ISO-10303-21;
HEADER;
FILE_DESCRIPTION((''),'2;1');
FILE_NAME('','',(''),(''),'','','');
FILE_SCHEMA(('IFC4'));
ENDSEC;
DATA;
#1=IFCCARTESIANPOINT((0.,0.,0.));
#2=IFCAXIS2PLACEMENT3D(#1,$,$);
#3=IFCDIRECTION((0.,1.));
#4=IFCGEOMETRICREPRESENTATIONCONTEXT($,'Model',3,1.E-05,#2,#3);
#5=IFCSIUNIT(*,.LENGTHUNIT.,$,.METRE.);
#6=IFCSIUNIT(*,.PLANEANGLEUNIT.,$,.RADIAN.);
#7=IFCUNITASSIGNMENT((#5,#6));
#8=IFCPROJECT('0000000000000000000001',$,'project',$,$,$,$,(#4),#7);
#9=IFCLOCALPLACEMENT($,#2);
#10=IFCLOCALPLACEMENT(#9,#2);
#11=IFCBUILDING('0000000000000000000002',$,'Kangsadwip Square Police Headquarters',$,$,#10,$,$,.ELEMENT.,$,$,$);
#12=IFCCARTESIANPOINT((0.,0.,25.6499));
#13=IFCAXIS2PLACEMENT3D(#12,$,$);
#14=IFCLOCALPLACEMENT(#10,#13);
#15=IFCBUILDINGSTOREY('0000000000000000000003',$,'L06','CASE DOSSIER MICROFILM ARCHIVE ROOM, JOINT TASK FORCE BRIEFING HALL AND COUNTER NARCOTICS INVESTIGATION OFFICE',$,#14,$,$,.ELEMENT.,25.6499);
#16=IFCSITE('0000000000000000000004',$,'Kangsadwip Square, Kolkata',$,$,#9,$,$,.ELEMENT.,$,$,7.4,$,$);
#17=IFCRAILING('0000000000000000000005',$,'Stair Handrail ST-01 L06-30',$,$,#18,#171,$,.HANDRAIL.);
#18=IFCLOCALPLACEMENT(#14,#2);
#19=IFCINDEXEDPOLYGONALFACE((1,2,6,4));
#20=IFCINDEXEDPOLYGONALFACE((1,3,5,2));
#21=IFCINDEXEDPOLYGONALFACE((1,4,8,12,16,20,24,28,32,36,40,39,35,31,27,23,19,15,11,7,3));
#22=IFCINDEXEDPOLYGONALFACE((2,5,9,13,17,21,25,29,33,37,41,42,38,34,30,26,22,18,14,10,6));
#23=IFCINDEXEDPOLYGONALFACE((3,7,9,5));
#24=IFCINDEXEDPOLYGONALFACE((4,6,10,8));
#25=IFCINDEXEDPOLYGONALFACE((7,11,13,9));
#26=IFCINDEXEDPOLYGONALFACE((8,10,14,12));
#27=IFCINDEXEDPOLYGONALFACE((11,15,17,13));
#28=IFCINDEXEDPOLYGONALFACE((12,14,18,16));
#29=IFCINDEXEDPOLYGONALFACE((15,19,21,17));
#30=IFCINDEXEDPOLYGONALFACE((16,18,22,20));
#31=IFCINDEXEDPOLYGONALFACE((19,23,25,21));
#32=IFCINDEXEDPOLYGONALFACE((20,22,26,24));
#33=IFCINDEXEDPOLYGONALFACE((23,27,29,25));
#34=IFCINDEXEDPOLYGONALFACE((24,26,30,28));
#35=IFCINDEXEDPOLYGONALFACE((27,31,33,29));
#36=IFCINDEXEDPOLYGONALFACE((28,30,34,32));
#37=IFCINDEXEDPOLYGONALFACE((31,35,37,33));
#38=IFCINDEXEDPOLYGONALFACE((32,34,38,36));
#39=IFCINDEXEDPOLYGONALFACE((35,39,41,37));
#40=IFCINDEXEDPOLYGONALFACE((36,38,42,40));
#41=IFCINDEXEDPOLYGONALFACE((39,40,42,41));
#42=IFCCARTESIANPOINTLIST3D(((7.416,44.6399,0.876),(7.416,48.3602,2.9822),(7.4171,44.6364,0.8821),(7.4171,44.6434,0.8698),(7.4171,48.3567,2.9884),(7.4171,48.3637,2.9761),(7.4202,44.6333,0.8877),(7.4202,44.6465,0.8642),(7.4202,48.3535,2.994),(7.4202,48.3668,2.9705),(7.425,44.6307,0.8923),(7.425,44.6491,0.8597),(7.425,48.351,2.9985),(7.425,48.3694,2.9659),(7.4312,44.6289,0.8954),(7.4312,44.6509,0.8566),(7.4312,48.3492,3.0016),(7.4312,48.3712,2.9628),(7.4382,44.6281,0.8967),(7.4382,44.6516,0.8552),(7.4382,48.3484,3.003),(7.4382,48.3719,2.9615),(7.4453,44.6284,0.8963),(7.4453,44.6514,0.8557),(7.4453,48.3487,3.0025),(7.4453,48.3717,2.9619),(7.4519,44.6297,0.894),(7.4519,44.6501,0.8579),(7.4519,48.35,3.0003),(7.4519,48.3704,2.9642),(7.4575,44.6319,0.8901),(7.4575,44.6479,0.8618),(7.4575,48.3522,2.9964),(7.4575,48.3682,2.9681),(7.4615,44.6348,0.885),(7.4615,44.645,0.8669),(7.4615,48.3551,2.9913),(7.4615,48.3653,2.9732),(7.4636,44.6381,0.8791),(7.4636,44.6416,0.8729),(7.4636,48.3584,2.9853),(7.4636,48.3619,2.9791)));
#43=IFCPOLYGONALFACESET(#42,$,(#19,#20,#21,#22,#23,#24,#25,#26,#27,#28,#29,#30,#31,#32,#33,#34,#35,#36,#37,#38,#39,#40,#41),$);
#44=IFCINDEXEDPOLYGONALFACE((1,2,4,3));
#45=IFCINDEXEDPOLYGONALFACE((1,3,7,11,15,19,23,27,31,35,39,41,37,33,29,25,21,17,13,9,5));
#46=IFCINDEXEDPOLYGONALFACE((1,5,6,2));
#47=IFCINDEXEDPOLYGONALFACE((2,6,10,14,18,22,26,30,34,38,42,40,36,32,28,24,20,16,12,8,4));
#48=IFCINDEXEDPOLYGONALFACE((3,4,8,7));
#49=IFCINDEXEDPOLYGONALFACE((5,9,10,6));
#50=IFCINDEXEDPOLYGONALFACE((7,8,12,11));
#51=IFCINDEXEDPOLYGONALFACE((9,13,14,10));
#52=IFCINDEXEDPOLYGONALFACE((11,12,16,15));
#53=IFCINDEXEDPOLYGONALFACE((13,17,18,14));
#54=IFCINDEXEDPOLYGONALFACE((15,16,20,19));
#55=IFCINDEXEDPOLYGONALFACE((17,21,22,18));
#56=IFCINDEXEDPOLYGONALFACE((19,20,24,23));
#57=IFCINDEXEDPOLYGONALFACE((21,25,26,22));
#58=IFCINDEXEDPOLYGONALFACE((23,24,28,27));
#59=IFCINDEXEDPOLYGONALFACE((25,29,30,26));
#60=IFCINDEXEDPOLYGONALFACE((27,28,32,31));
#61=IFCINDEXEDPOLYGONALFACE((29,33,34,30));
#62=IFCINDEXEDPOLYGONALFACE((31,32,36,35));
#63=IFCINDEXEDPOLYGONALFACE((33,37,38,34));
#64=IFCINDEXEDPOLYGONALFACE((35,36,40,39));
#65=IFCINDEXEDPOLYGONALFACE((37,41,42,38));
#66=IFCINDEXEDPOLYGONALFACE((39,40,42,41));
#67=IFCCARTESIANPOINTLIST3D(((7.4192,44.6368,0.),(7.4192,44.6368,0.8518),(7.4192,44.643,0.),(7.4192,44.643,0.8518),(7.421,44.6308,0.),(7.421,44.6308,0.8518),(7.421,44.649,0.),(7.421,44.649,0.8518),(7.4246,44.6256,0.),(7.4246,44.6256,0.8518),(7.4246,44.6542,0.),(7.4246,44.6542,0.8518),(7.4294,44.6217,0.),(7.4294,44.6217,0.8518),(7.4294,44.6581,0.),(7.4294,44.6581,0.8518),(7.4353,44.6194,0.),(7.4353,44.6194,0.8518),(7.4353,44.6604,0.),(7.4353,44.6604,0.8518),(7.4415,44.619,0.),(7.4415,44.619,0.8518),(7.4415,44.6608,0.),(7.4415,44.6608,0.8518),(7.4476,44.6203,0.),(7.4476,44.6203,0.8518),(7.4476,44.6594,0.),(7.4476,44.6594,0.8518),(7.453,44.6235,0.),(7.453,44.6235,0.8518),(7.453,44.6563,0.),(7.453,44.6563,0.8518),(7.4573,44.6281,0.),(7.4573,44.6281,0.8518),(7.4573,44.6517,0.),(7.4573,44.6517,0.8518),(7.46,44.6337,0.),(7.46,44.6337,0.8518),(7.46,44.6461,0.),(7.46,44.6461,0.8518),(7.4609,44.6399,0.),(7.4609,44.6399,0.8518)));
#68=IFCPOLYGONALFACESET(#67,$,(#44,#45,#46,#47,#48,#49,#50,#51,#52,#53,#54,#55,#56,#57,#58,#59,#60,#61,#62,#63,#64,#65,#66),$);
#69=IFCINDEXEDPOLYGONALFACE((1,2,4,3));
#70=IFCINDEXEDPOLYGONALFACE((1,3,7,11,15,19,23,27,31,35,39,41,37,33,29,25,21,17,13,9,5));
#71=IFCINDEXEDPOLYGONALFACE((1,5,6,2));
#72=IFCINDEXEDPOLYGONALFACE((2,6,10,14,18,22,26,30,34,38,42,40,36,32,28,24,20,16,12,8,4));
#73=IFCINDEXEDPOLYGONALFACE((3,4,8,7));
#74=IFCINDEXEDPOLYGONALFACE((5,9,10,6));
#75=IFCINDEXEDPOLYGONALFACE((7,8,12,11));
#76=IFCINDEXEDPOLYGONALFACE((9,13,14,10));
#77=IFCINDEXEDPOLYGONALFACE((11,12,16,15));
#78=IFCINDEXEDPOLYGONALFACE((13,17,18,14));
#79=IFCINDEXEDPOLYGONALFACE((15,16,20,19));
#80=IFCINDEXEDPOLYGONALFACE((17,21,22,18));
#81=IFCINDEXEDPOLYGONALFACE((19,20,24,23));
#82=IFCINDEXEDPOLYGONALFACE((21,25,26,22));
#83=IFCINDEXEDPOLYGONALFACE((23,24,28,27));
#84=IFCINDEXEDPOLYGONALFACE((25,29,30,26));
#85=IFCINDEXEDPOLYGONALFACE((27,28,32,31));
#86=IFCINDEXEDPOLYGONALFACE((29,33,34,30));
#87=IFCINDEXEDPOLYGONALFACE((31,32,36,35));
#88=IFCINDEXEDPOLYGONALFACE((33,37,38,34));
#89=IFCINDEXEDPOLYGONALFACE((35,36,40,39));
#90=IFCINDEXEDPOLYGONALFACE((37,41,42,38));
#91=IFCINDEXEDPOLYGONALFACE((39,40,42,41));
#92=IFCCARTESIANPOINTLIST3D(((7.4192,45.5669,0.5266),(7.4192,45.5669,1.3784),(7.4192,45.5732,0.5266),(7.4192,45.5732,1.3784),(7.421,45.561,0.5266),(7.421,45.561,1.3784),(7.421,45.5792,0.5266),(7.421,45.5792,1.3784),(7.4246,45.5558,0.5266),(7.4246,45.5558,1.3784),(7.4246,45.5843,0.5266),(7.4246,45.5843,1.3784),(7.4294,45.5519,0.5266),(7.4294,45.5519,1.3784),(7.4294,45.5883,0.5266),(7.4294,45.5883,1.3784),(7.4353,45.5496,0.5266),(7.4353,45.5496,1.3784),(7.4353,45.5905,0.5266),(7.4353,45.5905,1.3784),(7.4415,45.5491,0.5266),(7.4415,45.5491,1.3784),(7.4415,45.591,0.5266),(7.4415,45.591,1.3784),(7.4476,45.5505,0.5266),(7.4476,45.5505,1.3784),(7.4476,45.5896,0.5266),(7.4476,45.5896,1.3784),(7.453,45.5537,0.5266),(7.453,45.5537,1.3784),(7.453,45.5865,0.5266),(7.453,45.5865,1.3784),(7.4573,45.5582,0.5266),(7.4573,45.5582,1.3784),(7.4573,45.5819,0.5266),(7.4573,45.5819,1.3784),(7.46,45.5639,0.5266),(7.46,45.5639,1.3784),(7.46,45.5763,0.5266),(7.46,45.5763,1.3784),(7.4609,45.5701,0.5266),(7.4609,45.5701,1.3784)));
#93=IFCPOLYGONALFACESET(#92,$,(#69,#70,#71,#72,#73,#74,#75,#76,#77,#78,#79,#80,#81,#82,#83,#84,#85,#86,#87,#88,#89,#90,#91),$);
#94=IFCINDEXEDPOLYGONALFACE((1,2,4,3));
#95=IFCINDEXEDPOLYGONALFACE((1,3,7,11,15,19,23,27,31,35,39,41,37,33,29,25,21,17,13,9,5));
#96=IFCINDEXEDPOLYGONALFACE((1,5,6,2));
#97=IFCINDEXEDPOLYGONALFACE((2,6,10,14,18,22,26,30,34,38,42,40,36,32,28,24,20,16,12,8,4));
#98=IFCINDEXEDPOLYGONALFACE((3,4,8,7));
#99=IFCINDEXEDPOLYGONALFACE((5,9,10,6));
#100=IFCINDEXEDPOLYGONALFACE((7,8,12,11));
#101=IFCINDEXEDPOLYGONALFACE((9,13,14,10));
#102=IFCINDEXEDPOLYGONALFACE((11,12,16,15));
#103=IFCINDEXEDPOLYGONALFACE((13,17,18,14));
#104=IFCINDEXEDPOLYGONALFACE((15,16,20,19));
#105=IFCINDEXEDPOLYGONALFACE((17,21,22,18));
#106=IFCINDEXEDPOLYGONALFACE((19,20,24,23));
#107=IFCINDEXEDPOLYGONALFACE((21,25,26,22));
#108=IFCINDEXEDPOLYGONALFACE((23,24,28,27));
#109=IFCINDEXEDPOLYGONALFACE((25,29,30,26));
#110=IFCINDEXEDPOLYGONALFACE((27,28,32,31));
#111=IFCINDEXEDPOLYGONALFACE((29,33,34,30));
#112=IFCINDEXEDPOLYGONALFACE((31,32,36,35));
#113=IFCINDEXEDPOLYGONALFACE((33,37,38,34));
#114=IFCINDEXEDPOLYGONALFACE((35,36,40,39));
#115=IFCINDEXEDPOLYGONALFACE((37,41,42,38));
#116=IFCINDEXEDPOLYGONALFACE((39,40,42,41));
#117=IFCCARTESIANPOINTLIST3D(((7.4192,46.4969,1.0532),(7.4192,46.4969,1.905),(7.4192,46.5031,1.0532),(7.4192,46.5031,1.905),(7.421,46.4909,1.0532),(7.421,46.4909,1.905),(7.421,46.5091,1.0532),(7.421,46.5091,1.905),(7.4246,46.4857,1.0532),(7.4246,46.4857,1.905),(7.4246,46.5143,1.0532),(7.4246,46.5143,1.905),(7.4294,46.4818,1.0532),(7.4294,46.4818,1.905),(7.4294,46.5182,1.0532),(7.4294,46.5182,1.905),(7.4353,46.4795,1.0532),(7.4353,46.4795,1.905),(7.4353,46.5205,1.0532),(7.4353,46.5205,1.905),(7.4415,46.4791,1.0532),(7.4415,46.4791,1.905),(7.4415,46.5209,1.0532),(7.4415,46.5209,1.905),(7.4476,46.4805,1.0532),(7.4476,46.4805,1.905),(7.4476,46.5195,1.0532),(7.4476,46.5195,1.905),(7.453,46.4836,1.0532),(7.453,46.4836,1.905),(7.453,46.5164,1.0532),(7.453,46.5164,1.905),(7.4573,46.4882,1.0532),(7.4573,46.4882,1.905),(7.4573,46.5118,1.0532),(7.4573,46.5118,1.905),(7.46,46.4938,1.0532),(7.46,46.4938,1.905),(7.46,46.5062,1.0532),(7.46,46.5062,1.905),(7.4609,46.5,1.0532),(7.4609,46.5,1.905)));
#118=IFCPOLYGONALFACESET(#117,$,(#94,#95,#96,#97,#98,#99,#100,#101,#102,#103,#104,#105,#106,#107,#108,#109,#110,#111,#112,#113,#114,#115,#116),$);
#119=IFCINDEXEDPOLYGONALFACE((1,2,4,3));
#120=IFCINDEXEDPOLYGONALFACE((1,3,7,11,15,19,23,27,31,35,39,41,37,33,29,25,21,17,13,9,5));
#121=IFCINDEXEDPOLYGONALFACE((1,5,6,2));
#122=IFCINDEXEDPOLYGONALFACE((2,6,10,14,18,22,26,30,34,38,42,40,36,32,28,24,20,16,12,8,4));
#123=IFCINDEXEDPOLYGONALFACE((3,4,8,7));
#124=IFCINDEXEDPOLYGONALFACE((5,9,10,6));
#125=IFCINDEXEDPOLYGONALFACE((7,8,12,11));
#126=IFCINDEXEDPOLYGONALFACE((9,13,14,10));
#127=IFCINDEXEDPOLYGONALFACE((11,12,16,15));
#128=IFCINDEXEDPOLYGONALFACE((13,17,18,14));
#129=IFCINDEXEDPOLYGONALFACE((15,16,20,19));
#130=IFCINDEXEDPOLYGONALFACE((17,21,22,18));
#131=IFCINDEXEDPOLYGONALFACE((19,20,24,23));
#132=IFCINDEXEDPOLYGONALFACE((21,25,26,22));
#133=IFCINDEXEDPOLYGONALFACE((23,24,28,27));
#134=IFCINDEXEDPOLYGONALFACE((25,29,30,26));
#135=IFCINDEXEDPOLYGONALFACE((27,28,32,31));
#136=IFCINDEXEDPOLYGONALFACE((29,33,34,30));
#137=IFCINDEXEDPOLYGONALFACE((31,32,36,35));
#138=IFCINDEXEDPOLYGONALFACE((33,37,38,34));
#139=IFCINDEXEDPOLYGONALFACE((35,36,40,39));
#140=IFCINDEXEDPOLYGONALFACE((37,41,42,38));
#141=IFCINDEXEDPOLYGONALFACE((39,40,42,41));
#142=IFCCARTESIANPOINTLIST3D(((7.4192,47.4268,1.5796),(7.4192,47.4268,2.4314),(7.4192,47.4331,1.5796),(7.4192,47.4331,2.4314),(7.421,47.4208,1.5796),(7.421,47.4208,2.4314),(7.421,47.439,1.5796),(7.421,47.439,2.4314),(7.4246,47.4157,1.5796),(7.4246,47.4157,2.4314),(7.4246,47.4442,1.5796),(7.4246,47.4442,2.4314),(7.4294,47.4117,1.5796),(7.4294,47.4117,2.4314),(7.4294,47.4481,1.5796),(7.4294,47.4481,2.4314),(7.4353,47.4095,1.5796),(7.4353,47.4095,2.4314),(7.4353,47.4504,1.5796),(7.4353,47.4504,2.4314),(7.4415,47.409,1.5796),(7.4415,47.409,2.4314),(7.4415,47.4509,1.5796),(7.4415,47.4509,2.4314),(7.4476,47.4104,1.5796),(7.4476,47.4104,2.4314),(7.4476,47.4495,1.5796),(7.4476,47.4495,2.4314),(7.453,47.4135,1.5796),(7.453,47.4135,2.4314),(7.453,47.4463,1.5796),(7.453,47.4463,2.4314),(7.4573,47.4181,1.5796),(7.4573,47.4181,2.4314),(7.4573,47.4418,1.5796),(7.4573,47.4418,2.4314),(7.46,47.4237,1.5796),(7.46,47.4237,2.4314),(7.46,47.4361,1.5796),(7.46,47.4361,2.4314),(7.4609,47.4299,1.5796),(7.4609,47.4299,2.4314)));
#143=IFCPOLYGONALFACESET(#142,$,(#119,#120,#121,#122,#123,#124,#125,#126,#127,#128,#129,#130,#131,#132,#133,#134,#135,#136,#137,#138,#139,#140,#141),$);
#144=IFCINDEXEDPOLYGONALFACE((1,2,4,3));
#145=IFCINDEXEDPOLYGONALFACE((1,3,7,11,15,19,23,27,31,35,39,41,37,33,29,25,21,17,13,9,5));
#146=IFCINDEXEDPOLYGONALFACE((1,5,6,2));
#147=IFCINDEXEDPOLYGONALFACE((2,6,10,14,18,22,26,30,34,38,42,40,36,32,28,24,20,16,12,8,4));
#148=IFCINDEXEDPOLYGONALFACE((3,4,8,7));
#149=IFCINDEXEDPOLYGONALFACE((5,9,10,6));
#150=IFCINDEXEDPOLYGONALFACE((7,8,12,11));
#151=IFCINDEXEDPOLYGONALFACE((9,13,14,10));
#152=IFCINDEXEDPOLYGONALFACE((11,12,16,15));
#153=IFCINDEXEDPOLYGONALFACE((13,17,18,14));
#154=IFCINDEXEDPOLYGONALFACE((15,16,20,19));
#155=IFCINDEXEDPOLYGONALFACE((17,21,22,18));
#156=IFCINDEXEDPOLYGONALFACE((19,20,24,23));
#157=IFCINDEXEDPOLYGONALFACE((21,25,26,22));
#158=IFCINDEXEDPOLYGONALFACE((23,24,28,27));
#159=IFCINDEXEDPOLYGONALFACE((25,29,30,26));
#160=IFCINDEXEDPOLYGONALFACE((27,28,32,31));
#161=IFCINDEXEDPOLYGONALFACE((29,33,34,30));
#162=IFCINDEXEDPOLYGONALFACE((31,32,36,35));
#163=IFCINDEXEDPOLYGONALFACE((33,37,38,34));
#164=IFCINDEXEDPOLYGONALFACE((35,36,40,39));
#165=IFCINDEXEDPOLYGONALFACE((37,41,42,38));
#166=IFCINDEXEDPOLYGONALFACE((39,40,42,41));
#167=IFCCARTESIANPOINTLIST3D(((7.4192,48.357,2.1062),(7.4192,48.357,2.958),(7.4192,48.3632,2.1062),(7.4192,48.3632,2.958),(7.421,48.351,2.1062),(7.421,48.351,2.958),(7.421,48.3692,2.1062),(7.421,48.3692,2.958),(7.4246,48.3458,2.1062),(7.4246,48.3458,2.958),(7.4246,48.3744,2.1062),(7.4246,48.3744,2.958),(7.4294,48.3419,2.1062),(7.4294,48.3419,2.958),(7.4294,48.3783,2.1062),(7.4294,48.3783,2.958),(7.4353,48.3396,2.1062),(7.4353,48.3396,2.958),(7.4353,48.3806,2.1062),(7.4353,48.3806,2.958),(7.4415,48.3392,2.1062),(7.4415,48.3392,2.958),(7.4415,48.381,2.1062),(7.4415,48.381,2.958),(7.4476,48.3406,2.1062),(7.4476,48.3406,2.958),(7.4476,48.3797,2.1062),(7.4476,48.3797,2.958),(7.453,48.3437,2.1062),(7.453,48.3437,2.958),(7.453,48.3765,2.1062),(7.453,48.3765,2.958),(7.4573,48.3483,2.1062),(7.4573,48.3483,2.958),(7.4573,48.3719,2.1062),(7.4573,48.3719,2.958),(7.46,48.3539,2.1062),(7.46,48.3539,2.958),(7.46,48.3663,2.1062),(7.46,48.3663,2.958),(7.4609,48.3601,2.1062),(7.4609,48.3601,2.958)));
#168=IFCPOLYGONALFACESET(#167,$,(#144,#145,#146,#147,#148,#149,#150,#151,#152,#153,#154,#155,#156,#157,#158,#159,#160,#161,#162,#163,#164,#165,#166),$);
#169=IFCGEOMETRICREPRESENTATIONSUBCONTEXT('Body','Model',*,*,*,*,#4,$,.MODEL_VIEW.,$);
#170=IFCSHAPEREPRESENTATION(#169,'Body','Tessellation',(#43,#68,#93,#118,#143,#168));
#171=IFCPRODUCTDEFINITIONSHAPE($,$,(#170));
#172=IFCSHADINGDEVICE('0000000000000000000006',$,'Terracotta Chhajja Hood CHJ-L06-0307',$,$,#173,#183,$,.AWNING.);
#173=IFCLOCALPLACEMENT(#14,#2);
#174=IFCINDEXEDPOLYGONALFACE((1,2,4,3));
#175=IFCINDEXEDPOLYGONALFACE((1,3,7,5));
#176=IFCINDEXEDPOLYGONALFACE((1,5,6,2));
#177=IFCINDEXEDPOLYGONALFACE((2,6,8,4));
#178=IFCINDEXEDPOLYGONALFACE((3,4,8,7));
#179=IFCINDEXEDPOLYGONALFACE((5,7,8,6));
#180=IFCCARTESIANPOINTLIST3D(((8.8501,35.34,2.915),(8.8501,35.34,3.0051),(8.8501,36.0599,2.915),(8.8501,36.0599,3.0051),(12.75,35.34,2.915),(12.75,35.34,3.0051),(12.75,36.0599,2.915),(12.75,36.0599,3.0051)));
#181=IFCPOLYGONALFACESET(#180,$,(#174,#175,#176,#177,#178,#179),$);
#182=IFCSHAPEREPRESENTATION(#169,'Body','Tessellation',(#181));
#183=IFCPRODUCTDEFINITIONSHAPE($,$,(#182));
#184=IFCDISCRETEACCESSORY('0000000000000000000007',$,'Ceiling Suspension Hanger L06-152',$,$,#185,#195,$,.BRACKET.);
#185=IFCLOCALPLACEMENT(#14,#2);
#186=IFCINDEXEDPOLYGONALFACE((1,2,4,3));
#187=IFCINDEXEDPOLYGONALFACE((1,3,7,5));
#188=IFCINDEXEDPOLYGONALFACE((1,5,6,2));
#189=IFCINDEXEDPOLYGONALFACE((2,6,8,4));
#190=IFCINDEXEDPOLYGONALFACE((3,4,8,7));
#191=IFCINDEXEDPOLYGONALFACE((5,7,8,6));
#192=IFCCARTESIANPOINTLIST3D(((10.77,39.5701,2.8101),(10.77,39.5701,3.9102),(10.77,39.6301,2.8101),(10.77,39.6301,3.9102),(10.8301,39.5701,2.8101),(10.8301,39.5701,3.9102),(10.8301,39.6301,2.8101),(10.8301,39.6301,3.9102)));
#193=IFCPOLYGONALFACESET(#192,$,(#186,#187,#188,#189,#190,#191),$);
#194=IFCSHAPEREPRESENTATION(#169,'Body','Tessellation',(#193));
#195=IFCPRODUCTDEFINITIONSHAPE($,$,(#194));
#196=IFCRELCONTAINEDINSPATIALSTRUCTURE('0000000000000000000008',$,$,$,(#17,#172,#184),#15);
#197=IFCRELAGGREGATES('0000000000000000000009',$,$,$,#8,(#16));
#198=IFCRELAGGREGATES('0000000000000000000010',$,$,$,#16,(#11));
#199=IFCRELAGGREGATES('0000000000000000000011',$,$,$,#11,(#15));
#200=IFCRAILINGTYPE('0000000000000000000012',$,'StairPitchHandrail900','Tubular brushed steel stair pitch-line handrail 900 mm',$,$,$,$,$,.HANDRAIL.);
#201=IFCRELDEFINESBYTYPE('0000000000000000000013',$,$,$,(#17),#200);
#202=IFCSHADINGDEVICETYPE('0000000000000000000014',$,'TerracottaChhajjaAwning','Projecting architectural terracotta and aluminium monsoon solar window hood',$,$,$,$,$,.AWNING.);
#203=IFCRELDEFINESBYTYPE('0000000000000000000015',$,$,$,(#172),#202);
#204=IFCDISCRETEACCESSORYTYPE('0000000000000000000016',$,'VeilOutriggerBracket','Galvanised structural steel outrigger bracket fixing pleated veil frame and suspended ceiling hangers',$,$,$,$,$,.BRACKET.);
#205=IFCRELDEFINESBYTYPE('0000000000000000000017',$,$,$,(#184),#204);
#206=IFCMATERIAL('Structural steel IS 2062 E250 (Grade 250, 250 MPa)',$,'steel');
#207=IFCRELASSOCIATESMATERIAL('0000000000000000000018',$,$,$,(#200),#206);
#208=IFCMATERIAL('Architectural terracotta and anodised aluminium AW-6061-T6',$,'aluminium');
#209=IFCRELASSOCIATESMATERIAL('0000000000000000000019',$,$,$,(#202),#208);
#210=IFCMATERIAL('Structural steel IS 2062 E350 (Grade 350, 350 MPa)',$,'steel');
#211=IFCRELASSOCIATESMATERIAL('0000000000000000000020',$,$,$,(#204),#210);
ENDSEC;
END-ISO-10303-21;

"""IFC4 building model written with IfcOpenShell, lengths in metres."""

from ifc_helpers import new_model, si_unit, direction, frame, origin, origin_2d, place, context, subcontext, project, spatial, rectangle, circle, extrude, material, type_object, element, save


model = new_model("IFC4")

# Units and contexts
model_context = context("Model", 3, precision=1e-05, world=origin(), true_north=direction((0.0, 1.0)))
body_context = subcontext(model_context, "Body", "Model", "MODEL_VIEW")
ifc_project = project(units=[si_unit("LENGTHUNIT", "METRE"), si_unit("PLANEANGLEUNIT", "RADIAN")], contexts=[model_context])

# Site, building, storey
site_placement = place(None, origin())
site = spatial("IfcSite", under=ifc_project, at=site_placement, Name="Kangsadwip Square, Kolkata", CompositionType="ELEMENT", RefElevation=7.4)
building_placement = place(site_placement, origin())
building = spatial("IfcBuilding", under=site, at=building_placement, Name="Kangsadwip Square Police Headquarters", CompositionType="ELEMENT")
storey_placement = place(building_placement, frame((0.0, 0.0, 25.6499)))
storey = spatial("IfcBuildingStorey", under=building, at=storey_placement, Name="L06", Description="CASE DOSSIER MICROFILM ARCHIVE ROOM, JOINT TASK FORCE BRIEFING HALL AND COUNTER NARCOTICS INVESTIGATION OFFICE", CompositionType="ELEMENT", Elevation=25.6499)

# Railing
ifc_material_1 = material(Name="Structural steel IS 2062 E250 (Grade 250, 250 MPa)", Category="steel")
railing_type_1 = type_object("IfcRailingType", Name="StairPitchHandrail900", Description="Tubular brushed steel stair pitch-line handrail 900 mm", PredefinedType="HANDRAIL", material=ifc_material_1)
railing_placement = place(storey_placement, frame((7.4399, 44.6399, 0.0)))
element("IfcRailing", 1, at=railing_placement, inside=storey, type_object=railing_type_1, Name="Stair Handrail ST-01 L06-30", PredefinedType="HANDRAIL", context=body_context, shape_type="SweptSolid", body=[
    extrude(circle(Radius=0.0239, at=origin_2d()), frame((0.0, 0.0, 0.876), z_axis=(0.0, 0.870215, 0.492672), x_axis=(-1.0, 0.0, 0.0)), (0.0, 0.0, 1.0), 4.2751),
    extrude(circle(Radius=0.021, at=origin_2d()), origin(), (0.0, 0.0, 1.0), 0.8518),
    extrude(circle(Radius=0.021, at=origin_2d()), frame((0.0, 0.9302, 0.5266)), (0.0, 0.0, 1.0), 0.8518),
    extrude(circle(Radius=0.021, at=origin_2d()), frame((0.0, 1.8601, 1.0532)), (0.0, 0.0, 1.0), 0.8518),
    extrude(circle(Radius=0.021, at=origin_2d()), frame((0.0, 2.79, 1.5796)), (0.0, 0.0, 1.0), 0.8518),
    extrude(circle(Radius=0.021, at=origin_2d()), frame((0.0, 3.7202, 2.1062)), (0.0, 0.0, 1.0), 0.8518),
])

# Shading device
ifc_material_2 = material(Name="Architectural terracotta and anodised aluminium AW-6061-T6", Category="aluminium")
shading_device_type = type_object("IfcShadingDeviceType", Name="TerracottaChhajjaAwning", Description="Projecting architectural terracotta and aluminium monsoon solar window hood", PredefinedType="AWNING", material=ifc_material_2)
shading_device_placement = place(storey_placement, frame((10.8, 35.7, 2.915), z_axis=(0.0, 0.0, 1.0), x_axis=(1.0, 0.0, 0.0)))
element("IfcShadingDevice", 2, at=shading_device_placement, inside=storey, type_object=shading_device_type, Name="Terracotta Chhajja Hood CHJ-L06-0307", PredefinedType="AWNING", context=body_context, shape_type="SweptSolid", body=[
    extrude(rectangle(XDim=3.8999, YDim=0.72, at=origin_2d()), origin(), (0.0, 0.0, 1.0), 0.0901),
])

# Discrete accessory
ifc_material_3 = material(Name="Structural steel IS 2062 E350 (Grade 350, 350 MPa)", Category="steel")
discrete_accessory_type = type_object("IfcDiscreteAccessoryType", Name="VeilOutriggerBracket", Description="Galvanised structural steel outrigger bracket fixing pleated veil frame and suspended ceiling hangers", PredefinedType="BRACKET", material=ifc_material_3)
discrete_accessory_placement = place(storey_placement, frame((10.8, 39.6001, 2.8101), z_axis=(0.0, 0.0, 1.0), x_axis=(1.0, 0.0, 0.0)))
element("IfcDiscreteAccessory", 3, at=discrete_accessory_placement, inside=storey, type_object=discrete_accessory_type, Name="Ceiling Suspension Hanger L06-152", PredefinedType="BRACKET", context=body_context, shape_type="SweptSolid", body=[
    extrude(rectangle(XDim=0.0601, YDim=0.0601, at=origin_2d()), origin(), (0.0, 0.0, 1.0), 1.1001),
])

save(model, "model.ifc")
